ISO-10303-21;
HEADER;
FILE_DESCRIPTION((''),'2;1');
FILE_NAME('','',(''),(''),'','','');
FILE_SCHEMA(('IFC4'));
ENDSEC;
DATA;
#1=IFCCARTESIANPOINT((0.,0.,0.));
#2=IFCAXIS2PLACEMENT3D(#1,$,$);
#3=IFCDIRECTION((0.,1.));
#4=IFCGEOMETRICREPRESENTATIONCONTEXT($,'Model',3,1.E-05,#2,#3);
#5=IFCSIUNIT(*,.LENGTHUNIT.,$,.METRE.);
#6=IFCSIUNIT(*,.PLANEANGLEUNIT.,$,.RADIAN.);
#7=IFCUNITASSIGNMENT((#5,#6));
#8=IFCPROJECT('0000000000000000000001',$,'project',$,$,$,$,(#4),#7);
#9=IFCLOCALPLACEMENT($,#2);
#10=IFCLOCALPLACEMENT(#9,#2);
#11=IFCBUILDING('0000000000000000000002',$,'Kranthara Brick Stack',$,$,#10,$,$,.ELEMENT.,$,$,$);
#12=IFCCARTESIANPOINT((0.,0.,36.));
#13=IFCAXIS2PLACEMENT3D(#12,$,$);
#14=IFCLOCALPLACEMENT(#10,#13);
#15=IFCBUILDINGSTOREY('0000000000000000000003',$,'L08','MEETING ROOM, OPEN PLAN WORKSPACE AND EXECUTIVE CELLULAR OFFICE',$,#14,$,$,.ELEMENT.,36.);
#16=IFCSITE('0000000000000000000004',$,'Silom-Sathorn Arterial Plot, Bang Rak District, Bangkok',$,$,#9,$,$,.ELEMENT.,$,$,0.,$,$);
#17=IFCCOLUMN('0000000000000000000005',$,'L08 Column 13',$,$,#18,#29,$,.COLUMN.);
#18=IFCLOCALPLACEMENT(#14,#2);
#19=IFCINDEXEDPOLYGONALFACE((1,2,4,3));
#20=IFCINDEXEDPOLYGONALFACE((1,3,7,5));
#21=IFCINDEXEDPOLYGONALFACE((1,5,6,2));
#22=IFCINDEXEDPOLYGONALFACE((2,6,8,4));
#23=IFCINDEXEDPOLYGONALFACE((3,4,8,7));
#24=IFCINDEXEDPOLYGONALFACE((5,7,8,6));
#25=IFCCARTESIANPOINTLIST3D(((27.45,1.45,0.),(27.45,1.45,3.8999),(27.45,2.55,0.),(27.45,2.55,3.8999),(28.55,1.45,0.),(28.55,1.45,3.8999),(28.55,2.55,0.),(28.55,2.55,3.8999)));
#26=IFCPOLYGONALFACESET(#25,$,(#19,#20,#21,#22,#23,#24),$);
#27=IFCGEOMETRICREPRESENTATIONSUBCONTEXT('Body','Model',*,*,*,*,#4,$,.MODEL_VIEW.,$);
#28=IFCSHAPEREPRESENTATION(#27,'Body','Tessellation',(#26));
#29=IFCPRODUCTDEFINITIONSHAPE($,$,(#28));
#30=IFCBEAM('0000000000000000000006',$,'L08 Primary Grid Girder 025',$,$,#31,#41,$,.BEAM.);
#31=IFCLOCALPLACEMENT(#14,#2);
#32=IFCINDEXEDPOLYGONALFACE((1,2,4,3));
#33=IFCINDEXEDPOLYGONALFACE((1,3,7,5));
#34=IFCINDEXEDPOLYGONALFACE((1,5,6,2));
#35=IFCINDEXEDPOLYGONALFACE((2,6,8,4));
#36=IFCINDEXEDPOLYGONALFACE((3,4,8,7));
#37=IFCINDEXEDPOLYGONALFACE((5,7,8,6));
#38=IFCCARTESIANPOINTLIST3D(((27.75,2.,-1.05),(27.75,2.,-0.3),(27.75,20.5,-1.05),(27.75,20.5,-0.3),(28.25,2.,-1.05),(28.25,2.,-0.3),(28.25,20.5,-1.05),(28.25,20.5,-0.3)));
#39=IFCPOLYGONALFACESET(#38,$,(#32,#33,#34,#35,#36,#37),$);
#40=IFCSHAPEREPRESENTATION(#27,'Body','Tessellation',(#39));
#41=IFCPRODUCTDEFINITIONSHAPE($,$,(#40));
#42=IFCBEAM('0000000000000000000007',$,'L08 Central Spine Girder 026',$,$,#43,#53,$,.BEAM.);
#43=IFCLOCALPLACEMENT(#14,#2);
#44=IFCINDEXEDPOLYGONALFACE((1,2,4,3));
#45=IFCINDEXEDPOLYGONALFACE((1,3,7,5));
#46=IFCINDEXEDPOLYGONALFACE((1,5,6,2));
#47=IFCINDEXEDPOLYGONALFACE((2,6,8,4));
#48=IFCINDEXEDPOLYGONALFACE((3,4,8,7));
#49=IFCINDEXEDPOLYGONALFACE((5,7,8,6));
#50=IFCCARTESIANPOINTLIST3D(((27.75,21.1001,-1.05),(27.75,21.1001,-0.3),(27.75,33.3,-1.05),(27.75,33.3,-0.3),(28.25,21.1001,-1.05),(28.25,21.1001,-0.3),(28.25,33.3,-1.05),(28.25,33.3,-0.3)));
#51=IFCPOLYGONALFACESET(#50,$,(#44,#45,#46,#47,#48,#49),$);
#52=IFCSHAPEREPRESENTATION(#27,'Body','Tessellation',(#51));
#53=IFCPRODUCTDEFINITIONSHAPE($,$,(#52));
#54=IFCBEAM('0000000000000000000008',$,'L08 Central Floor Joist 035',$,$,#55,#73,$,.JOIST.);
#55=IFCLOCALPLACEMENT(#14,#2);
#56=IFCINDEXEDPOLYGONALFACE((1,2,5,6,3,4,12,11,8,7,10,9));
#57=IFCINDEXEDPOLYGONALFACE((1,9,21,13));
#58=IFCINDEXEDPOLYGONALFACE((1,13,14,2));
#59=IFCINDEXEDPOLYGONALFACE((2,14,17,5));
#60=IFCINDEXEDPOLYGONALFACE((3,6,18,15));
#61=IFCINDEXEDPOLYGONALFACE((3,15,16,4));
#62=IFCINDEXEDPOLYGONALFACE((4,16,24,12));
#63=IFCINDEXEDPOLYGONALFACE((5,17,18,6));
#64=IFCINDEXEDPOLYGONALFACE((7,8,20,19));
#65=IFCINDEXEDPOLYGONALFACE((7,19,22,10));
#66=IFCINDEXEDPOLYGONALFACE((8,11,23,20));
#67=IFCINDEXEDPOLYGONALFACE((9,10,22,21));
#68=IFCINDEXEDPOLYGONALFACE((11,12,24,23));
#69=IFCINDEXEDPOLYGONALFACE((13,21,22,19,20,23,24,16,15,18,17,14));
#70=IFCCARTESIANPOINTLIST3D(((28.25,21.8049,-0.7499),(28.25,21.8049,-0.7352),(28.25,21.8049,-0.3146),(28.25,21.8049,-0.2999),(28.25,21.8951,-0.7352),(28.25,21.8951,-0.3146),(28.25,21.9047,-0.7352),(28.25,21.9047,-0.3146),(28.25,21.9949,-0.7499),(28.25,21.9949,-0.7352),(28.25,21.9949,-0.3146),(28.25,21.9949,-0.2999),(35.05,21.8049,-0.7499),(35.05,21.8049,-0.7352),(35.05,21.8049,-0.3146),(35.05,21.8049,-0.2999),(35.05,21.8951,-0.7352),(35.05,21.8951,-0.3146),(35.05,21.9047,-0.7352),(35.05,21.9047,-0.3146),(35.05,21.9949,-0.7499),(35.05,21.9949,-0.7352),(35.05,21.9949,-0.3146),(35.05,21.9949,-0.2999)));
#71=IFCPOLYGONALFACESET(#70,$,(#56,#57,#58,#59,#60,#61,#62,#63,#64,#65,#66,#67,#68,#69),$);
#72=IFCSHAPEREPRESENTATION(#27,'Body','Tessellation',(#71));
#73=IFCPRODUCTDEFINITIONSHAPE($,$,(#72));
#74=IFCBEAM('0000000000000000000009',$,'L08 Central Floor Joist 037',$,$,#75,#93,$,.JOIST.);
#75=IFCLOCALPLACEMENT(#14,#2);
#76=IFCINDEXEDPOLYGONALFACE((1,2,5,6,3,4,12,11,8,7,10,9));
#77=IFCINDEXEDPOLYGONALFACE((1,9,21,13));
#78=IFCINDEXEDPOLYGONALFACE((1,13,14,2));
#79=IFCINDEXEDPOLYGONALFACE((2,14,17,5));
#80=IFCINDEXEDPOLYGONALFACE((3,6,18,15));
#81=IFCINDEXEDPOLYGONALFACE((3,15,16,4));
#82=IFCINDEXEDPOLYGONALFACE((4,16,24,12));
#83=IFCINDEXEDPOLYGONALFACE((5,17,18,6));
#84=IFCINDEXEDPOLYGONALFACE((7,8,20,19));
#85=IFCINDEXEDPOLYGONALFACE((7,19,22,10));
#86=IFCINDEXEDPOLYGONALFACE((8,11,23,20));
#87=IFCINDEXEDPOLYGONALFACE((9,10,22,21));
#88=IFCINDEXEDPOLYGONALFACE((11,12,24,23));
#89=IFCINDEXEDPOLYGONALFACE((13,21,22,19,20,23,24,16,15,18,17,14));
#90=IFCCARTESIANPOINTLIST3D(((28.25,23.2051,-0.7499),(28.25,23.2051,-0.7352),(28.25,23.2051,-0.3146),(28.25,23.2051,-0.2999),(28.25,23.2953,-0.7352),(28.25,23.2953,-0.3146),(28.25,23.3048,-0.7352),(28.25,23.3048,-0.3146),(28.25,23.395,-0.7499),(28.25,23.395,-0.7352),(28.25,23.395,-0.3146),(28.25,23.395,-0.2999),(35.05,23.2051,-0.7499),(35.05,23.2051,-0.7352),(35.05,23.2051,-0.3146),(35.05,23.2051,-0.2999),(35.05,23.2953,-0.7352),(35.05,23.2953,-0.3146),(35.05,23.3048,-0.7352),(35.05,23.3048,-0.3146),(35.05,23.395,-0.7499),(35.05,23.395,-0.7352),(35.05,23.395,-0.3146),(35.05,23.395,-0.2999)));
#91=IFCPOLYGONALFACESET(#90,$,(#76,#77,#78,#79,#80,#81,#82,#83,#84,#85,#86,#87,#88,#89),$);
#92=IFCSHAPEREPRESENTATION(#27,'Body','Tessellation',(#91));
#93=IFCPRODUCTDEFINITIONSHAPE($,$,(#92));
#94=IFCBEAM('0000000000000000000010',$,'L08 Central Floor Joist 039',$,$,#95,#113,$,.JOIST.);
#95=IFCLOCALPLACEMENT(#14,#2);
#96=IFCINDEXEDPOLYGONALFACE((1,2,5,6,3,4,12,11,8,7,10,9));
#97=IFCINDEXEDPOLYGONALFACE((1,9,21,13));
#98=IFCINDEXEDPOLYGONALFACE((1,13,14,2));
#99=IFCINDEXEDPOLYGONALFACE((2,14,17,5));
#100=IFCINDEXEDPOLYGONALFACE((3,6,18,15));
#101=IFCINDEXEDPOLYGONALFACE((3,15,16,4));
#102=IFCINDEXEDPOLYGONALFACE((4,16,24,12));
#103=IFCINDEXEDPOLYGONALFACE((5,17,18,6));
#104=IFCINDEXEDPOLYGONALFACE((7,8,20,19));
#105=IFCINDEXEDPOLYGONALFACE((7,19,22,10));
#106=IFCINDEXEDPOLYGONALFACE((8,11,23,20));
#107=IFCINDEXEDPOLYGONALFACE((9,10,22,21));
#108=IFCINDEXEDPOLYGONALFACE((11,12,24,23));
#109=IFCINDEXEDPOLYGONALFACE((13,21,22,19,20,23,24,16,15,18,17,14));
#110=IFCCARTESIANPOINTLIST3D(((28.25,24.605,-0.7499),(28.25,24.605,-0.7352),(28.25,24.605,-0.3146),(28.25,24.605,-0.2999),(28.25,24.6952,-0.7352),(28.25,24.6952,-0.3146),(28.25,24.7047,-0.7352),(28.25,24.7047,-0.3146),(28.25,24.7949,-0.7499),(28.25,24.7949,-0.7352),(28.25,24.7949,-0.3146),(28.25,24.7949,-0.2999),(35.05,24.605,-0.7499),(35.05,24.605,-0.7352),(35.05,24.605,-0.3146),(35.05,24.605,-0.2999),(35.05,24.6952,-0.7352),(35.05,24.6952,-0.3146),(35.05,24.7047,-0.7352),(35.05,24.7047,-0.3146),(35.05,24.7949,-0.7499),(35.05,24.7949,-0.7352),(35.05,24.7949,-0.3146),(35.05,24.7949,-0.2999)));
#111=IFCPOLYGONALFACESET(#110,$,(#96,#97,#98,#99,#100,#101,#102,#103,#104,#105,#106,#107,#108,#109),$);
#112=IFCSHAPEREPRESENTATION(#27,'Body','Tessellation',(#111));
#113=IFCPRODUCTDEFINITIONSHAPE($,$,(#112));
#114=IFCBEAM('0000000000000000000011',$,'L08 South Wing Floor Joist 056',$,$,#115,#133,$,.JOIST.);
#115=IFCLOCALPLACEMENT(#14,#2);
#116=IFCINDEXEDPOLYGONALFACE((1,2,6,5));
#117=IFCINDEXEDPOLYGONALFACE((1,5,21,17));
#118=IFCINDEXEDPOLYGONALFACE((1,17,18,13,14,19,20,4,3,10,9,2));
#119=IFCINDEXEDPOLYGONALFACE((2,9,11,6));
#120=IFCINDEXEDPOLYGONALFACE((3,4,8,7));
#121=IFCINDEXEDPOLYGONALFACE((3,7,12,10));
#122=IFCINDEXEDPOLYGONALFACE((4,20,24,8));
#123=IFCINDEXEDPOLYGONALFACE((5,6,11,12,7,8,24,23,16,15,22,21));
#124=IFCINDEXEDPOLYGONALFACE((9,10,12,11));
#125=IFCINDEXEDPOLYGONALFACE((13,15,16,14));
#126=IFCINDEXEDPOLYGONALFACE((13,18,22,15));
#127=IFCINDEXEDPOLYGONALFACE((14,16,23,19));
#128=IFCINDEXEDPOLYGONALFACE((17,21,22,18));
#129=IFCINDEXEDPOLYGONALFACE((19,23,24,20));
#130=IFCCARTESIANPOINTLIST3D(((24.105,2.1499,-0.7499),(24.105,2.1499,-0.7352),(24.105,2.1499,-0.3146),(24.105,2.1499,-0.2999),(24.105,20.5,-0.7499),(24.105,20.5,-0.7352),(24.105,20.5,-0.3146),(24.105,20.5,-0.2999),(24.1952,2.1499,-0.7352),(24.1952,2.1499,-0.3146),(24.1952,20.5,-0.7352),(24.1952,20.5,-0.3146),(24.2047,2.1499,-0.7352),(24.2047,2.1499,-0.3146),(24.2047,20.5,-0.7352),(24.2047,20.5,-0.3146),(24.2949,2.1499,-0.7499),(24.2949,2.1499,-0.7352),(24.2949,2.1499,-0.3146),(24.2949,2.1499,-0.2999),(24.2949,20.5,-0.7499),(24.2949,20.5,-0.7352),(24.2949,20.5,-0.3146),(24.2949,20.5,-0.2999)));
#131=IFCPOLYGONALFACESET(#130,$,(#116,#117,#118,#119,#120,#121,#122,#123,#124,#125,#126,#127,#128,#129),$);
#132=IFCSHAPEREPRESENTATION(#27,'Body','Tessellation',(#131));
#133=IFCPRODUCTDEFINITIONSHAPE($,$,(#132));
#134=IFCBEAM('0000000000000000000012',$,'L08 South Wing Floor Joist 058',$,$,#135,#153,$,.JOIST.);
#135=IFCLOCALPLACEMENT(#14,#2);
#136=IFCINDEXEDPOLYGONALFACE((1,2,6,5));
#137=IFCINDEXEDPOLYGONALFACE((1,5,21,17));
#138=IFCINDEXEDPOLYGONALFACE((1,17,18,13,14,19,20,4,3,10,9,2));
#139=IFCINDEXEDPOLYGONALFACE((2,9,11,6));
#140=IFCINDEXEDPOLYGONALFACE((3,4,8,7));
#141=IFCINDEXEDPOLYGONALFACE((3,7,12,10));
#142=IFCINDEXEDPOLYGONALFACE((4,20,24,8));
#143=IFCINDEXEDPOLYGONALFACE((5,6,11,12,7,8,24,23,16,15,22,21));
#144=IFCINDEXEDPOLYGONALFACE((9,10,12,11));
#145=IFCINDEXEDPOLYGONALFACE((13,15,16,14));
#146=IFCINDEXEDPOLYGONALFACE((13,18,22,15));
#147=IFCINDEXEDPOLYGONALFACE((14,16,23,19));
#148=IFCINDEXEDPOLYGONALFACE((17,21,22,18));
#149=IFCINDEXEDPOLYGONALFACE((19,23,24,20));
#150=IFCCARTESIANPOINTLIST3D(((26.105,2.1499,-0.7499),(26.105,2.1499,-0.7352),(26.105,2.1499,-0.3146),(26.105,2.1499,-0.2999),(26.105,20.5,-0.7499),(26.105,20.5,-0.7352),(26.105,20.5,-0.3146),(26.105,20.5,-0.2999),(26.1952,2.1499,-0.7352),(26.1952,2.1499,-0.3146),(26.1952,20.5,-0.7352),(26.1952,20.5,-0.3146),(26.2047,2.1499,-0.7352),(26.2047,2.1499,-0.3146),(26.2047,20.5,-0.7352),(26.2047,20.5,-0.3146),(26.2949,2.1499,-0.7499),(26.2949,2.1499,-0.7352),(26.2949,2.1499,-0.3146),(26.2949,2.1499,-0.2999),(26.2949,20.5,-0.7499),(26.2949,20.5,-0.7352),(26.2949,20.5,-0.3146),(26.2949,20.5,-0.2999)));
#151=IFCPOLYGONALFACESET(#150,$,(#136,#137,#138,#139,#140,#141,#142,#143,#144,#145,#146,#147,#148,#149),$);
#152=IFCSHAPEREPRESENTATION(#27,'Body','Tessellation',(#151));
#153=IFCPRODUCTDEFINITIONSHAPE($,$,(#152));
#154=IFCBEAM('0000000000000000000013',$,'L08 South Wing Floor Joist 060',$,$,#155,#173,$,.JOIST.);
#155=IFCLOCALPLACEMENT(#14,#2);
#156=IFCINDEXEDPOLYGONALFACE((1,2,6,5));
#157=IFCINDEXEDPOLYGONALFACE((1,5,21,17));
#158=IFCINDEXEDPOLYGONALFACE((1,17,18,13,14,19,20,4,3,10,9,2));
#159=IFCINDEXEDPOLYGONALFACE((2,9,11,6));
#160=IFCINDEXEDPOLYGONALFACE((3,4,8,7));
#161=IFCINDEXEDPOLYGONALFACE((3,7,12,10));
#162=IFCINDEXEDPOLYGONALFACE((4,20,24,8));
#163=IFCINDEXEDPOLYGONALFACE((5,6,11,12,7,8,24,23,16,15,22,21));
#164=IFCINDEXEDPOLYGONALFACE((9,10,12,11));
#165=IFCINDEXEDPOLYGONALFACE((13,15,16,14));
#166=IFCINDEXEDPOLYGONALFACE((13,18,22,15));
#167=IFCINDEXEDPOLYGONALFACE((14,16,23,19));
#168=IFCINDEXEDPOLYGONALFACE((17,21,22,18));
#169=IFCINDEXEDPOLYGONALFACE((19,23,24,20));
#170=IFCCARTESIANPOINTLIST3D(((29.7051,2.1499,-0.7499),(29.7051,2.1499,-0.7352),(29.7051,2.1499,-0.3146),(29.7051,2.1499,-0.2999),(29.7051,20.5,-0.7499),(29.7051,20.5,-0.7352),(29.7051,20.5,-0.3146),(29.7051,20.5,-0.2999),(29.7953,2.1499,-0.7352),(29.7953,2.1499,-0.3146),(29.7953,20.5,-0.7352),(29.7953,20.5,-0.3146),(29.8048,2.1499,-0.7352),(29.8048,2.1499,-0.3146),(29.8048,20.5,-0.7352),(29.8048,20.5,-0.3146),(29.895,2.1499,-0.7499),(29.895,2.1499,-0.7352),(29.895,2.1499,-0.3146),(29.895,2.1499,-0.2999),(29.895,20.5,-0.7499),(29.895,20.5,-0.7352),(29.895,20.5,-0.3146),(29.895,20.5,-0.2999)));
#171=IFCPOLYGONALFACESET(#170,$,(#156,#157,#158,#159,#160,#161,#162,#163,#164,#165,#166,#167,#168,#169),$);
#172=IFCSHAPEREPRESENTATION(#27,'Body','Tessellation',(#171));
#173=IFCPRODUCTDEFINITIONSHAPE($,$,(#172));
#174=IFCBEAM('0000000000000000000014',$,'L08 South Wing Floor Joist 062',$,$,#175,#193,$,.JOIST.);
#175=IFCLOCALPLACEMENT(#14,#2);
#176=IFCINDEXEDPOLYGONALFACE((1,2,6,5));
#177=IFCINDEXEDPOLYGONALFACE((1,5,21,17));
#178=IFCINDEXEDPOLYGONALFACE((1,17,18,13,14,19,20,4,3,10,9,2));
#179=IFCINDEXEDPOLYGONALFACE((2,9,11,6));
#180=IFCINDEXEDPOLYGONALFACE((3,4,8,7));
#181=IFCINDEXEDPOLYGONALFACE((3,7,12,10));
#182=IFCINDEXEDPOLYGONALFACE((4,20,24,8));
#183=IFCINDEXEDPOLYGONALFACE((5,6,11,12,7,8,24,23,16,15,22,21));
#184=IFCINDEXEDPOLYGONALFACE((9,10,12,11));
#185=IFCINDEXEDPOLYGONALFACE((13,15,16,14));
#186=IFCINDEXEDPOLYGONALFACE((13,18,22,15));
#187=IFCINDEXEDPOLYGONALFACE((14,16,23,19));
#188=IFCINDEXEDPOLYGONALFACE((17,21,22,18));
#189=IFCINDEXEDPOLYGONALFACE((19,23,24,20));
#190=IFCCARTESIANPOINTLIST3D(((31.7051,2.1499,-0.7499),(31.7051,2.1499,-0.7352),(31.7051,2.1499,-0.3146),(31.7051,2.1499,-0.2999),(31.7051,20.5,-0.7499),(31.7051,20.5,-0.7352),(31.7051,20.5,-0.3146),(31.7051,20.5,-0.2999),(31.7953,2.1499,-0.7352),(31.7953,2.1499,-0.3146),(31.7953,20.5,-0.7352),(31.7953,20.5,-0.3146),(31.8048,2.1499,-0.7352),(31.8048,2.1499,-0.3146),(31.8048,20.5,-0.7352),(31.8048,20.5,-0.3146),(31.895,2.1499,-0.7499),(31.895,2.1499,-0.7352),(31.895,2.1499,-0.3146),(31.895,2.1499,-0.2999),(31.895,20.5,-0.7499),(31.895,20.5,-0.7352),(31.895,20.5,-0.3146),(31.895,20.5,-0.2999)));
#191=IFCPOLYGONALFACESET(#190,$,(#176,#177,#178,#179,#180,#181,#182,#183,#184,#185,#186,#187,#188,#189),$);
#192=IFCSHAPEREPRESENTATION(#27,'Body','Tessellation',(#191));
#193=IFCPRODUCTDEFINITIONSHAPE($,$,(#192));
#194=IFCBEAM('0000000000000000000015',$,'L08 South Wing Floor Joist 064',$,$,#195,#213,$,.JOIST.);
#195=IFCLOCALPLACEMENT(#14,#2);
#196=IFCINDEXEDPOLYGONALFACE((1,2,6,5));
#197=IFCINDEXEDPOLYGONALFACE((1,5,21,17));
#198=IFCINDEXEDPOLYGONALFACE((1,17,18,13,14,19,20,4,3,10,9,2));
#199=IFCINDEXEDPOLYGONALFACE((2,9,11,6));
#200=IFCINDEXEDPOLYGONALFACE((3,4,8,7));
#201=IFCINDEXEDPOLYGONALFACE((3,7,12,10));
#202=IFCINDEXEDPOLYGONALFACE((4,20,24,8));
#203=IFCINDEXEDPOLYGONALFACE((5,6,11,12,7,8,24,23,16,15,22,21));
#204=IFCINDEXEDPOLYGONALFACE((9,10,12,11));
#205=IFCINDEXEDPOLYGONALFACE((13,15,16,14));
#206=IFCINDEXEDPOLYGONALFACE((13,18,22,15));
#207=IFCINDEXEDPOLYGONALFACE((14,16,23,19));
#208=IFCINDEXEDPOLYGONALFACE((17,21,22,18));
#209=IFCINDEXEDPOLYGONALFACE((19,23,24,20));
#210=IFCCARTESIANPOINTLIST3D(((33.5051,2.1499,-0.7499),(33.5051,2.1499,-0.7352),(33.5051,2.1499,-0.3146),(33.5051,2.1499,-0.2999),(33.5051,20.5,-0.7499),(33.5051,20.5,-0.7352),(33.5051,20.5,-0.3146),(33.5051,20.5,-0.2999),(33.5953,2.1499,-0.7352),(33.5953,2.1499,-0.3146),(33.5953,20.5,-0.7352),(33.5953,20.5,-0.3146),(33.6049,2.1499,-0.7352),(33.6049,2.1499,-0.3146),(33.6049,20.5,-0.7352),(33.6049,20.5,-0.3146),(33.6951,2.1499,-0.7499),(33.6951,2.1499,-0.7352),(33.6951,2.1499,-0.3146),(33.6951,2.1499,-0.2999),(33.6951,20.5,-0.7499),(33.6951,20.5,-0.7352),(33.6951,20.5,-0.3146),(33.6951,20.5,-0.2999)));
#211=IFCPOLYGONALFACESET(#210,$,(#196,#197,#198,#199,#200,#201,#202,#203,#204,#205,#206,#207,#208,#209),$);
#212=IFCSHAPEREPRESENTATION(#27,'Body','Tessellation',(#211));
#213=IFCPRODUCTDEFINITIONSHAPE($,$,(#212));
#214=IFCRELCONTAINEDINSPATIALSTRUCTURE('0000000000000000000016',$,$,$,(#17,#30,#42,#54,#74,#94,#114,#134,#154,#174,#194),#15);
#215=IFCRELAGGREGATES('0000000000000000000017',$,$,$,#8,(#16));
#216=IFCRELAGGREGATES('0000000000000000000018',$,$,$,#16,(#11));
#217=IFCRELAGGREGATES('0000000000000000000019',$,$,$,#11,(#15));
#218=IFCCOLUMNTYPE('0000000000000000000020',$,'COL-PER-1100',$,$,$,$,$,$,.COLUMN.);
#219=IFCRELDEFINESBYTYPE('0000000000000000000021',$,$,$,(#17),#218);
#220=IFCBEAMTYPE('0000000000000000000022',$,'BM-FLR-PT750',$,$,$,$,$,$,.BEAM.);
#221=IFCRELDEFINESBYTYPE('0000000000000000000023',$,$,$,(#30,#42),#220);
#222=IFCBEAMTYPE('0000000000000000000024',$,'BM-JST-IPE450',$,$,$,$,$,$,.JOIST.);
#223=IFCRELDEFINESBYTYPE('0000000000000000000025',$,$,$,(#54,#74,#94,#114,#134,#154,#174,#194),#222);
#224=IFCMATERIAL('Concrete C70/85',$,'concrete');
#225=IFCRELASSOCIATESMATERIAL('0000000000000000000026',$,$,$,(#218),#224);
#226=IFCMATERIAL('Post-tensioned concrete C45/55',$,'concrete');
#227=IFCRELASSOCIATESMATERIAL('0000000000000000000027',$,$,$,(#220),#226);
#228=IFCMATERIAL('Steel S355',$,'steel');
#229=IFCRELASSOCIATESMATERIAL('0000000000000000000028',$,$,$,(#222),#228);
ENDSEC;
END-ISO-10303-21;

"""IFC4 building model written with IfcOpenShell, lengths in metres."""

from ifc_helpers import new_model, si_unit, direction, frame, origin, origin_2d, place, context, subcontext, project, spatial, rectangle, i_section, extrude, material, material_profile, profile_set, type_object, element, save


model = new_model("IFC4")

# Units and contexts
model_context = context("Model", 3, precision=1e-05, world=origin(), true_north=direction((0.0, 1.0)))
body_context = subcontext(model_context, "Body", "Model", "MODEL_VIEW")
ifc_project = project(units=[si_unit("LENGTHUNIT", "METRE"), si_unit("PLANEANGLEUNIT", "RADIAN")], contexts=[model_context])

# Site, building, storey
site_placement = place(None, origin())
site = spatial("IfcSite", under=ifc_project, at=site_placement, Name="Silom-Sathorn Arterial Plot, Bang Rak District, Bangkok", CompositionType="ELEMENT", RefElevation=0.0)
building_placement = place(site_placement, origin())
building = spatial("IfcBuilding", under=site, at=building_placement, Name="Kranthara Brick Stack", CompositionType="ELEMENT")
storey_placement = place(building_placement, frame((0.0, 0.0, 36.0)))
storey = spatial("IfcBuildingStorey", under=building, at=storey_placement, Name="L08", Description="MEETING ROOM, OPEN PLAN WORKSPACE AND EXECUTIVE CELLULAR OFFICE", CompositionType="ELEMENT", Elevation=36.0)

# Column
ifc_material_1 = material(Name="Concrete C70/85", Category="concrete")
ifc_material_profile_1 = material_profile(ifc_material_1, rectangle(XDim=1.1001, YDim=1.1001, at=origin_2d()), Name="RC 1100x1100")
ifc_profile_set_1 = profile_set([ifc_material_profile_1], Name="Concrete C70/85")
column_type = type_object("IfcColumnType", Name="COL-PER-1100", PredefinedType="COLUMN", material=ifc_profile_set_1)
column_placement = place(storey_placement, frame((28.0, 2.0, 0.0), z_axis=(0.0, 0.0, 1.0), x_axis=(1.0, 0.0, 0.0)))
element("IfcColumn", 1, at=column_placement, inside=storey, type_object=column_type, Name="L08 Column 13", PredefinedType="COLUMN", context=body_context, shape_type="SweptSolid", body=[
    extrude(rectangle(XDim=1.1001, YDim=1.1001, at=origin_2d()), origin(), (0.0, 0.0, 1.0), 3.8999),
])

# Beams
ifc_material_2 = material(Name="Post-tensioned concrete C45/55", Category="concrete")
ifc_material_profile_2 = material_profile(ifc_material_2, rectangle(XDim=0.5, YDim=0.75, at=origin_2d()), Name="PT 500x750")
ifc_profile_set_2 = profile_set([ifc_material_profile_2], Name="Post-tensioned concrete C45/55")
beam_type_1 = type_object("IfcBeamType", Name="BM-FLR-PT750", PredefinedType="BEAM", material=ifc_profile_set_2)
beam_1_placement = place(storey_placement, frame((28.0, 2.0, -0.675), z_axis=(0.0, 1.0, 0.0), x_axis=(-1.0, 0.0, 0.0)))
element("IfcBeam", 2, at=beam_1_placement, inside=storey, type_object=beam_type_1, Name="L08 Primary Grid Girder 025", PredefinedType="BEAM", context=body_context, shape_type="SweptSolid", body=[
    extrude(rectangle(XDim=0.5, YDim=0.75, at=origin_2d()), origin(), (0.0, 0.0, 1.0), 18.5),
])
beam_2_placement = place(storey_placement, frame((28.0, 21.1001, -0.675), z_axis=(0.0, 1.0, 0.0), x_axis=(-1.0, 0.0, 0.0)))
element("IfcBeam", 3, at=beam_2_placement, inside=storey, type_object=beam_type_1, Name="L08 Central Spine Girder 026", PredefinedType="BEAM", context=body_context, shape_type="SweptSolid", body=[
    extrude(rectangle(XDim=0.5, YDim=0.75, at=origin_2d()), origin(), (0.0, 0.0, 1.0), 12.2),
])
ifc_material_3 = material(Name="Steel S355", Category="steel")
ifc_material_profile_3 = material_profile(ifc_material_3, i_section(OverallWidth=0.1899, OverallDepth=0.45, WebThickness=0.0095, FlangeThickness=0.0146, at=origin_2d()), Name="IPE 450")
ifc_profile_set_3 = profile_set([ifc_material_profile_3], Name="Steel S355")
beam_type_2 = type_object("IfcBeamType", Name="BM-JST-IPE450", PredefinedType="JOIST", material=ifc_profile_set_3)
for number, where, z_axis, x_axis, name in (
    (4, (28.25, 21.8999, -0.5249), (1.0, 0.0, 0.0), (0.0, 1.0, 0.0), "L08 Central Floor Joist 035"),
    (5, (28.25, 23.3, -0.5249), (1.0, 0.0, 0.0), (0.0, 1.0, 0.0), "L08 Central Floor Joist 037"),
    (6, (28.25, 24.7, -0.5249), (1.0, 0.0, 0.0), (0.0, 1.0, 0.0), "L08 Central Floor Joist 039"),
):
    element("IfcBeam", number, at=place(storey_placement, frame(where, z_axis=z_axis, x_axis=x_axis)), inside=storey, type_object=beam_type_2, Name=name, PredefinedType="JOIST", context=body_context, shape_type="SweptSolid", body=[
        extrude(i_section(OverallWidth=0.1899, OverallDepth=0.45, WebThickness=0.0095, FlangeThickness=0.0146, at=origin_2d()), origin(), (0.0, 0.0, 1.0), 6.8),
    ])
for number, where, z_axis, x_axis, name in (
    (7, (24.2, 2.1499, -0.5249), (0.0, 1.0, 0.0), (-1.0, 0.0, 0.0), "L08 South Wing Floor Joist 056"),
    (8, (26.2, 2.1499, -0.5249), (0.0, 1.0, 0.0), (-1.0, 0.0, 0.0), "L08 South Wing Floor Joist 058"),
    (9, (29.8, 2.1499, -0.5249), (0.0, 1.0, 0.0), (-1.0, 0.0, 0.0), "L08 South Wing Floor Joist 060"),
    (10, (31.8, 2.1499, -0.5249), (0.0, 1.0, 0.0), (-1.0, 0.0, 0.0), "L08 South Wing Floor Joist 062"),
    (11, (33.6001, 2.1499, -0.5249), (0.0, 1.0, 0.0), (-1.0, 0.0, 0.0), "L08 South Wing Floor Joist 064"),
):
    element("IfcBeam", number, at=place(storey_placement, frame(where, z_axis=z_axis, x_axis=x_axis)), inside=storey, type_object=beam_type_2, Name=name, PredefinedType="JOIST", context=body_context, shape_type="SweptSolid", body=[
        extrude(i_section(OverallWidth=0.1899, OverallDepth=0.45, WebThickness=0.0095, FlangeThickness=0.0146, at=origin_2d()), origin(), (0.0, 0.0, 1.0), 18.3501),
    ])

save(model, "model.ifc")
